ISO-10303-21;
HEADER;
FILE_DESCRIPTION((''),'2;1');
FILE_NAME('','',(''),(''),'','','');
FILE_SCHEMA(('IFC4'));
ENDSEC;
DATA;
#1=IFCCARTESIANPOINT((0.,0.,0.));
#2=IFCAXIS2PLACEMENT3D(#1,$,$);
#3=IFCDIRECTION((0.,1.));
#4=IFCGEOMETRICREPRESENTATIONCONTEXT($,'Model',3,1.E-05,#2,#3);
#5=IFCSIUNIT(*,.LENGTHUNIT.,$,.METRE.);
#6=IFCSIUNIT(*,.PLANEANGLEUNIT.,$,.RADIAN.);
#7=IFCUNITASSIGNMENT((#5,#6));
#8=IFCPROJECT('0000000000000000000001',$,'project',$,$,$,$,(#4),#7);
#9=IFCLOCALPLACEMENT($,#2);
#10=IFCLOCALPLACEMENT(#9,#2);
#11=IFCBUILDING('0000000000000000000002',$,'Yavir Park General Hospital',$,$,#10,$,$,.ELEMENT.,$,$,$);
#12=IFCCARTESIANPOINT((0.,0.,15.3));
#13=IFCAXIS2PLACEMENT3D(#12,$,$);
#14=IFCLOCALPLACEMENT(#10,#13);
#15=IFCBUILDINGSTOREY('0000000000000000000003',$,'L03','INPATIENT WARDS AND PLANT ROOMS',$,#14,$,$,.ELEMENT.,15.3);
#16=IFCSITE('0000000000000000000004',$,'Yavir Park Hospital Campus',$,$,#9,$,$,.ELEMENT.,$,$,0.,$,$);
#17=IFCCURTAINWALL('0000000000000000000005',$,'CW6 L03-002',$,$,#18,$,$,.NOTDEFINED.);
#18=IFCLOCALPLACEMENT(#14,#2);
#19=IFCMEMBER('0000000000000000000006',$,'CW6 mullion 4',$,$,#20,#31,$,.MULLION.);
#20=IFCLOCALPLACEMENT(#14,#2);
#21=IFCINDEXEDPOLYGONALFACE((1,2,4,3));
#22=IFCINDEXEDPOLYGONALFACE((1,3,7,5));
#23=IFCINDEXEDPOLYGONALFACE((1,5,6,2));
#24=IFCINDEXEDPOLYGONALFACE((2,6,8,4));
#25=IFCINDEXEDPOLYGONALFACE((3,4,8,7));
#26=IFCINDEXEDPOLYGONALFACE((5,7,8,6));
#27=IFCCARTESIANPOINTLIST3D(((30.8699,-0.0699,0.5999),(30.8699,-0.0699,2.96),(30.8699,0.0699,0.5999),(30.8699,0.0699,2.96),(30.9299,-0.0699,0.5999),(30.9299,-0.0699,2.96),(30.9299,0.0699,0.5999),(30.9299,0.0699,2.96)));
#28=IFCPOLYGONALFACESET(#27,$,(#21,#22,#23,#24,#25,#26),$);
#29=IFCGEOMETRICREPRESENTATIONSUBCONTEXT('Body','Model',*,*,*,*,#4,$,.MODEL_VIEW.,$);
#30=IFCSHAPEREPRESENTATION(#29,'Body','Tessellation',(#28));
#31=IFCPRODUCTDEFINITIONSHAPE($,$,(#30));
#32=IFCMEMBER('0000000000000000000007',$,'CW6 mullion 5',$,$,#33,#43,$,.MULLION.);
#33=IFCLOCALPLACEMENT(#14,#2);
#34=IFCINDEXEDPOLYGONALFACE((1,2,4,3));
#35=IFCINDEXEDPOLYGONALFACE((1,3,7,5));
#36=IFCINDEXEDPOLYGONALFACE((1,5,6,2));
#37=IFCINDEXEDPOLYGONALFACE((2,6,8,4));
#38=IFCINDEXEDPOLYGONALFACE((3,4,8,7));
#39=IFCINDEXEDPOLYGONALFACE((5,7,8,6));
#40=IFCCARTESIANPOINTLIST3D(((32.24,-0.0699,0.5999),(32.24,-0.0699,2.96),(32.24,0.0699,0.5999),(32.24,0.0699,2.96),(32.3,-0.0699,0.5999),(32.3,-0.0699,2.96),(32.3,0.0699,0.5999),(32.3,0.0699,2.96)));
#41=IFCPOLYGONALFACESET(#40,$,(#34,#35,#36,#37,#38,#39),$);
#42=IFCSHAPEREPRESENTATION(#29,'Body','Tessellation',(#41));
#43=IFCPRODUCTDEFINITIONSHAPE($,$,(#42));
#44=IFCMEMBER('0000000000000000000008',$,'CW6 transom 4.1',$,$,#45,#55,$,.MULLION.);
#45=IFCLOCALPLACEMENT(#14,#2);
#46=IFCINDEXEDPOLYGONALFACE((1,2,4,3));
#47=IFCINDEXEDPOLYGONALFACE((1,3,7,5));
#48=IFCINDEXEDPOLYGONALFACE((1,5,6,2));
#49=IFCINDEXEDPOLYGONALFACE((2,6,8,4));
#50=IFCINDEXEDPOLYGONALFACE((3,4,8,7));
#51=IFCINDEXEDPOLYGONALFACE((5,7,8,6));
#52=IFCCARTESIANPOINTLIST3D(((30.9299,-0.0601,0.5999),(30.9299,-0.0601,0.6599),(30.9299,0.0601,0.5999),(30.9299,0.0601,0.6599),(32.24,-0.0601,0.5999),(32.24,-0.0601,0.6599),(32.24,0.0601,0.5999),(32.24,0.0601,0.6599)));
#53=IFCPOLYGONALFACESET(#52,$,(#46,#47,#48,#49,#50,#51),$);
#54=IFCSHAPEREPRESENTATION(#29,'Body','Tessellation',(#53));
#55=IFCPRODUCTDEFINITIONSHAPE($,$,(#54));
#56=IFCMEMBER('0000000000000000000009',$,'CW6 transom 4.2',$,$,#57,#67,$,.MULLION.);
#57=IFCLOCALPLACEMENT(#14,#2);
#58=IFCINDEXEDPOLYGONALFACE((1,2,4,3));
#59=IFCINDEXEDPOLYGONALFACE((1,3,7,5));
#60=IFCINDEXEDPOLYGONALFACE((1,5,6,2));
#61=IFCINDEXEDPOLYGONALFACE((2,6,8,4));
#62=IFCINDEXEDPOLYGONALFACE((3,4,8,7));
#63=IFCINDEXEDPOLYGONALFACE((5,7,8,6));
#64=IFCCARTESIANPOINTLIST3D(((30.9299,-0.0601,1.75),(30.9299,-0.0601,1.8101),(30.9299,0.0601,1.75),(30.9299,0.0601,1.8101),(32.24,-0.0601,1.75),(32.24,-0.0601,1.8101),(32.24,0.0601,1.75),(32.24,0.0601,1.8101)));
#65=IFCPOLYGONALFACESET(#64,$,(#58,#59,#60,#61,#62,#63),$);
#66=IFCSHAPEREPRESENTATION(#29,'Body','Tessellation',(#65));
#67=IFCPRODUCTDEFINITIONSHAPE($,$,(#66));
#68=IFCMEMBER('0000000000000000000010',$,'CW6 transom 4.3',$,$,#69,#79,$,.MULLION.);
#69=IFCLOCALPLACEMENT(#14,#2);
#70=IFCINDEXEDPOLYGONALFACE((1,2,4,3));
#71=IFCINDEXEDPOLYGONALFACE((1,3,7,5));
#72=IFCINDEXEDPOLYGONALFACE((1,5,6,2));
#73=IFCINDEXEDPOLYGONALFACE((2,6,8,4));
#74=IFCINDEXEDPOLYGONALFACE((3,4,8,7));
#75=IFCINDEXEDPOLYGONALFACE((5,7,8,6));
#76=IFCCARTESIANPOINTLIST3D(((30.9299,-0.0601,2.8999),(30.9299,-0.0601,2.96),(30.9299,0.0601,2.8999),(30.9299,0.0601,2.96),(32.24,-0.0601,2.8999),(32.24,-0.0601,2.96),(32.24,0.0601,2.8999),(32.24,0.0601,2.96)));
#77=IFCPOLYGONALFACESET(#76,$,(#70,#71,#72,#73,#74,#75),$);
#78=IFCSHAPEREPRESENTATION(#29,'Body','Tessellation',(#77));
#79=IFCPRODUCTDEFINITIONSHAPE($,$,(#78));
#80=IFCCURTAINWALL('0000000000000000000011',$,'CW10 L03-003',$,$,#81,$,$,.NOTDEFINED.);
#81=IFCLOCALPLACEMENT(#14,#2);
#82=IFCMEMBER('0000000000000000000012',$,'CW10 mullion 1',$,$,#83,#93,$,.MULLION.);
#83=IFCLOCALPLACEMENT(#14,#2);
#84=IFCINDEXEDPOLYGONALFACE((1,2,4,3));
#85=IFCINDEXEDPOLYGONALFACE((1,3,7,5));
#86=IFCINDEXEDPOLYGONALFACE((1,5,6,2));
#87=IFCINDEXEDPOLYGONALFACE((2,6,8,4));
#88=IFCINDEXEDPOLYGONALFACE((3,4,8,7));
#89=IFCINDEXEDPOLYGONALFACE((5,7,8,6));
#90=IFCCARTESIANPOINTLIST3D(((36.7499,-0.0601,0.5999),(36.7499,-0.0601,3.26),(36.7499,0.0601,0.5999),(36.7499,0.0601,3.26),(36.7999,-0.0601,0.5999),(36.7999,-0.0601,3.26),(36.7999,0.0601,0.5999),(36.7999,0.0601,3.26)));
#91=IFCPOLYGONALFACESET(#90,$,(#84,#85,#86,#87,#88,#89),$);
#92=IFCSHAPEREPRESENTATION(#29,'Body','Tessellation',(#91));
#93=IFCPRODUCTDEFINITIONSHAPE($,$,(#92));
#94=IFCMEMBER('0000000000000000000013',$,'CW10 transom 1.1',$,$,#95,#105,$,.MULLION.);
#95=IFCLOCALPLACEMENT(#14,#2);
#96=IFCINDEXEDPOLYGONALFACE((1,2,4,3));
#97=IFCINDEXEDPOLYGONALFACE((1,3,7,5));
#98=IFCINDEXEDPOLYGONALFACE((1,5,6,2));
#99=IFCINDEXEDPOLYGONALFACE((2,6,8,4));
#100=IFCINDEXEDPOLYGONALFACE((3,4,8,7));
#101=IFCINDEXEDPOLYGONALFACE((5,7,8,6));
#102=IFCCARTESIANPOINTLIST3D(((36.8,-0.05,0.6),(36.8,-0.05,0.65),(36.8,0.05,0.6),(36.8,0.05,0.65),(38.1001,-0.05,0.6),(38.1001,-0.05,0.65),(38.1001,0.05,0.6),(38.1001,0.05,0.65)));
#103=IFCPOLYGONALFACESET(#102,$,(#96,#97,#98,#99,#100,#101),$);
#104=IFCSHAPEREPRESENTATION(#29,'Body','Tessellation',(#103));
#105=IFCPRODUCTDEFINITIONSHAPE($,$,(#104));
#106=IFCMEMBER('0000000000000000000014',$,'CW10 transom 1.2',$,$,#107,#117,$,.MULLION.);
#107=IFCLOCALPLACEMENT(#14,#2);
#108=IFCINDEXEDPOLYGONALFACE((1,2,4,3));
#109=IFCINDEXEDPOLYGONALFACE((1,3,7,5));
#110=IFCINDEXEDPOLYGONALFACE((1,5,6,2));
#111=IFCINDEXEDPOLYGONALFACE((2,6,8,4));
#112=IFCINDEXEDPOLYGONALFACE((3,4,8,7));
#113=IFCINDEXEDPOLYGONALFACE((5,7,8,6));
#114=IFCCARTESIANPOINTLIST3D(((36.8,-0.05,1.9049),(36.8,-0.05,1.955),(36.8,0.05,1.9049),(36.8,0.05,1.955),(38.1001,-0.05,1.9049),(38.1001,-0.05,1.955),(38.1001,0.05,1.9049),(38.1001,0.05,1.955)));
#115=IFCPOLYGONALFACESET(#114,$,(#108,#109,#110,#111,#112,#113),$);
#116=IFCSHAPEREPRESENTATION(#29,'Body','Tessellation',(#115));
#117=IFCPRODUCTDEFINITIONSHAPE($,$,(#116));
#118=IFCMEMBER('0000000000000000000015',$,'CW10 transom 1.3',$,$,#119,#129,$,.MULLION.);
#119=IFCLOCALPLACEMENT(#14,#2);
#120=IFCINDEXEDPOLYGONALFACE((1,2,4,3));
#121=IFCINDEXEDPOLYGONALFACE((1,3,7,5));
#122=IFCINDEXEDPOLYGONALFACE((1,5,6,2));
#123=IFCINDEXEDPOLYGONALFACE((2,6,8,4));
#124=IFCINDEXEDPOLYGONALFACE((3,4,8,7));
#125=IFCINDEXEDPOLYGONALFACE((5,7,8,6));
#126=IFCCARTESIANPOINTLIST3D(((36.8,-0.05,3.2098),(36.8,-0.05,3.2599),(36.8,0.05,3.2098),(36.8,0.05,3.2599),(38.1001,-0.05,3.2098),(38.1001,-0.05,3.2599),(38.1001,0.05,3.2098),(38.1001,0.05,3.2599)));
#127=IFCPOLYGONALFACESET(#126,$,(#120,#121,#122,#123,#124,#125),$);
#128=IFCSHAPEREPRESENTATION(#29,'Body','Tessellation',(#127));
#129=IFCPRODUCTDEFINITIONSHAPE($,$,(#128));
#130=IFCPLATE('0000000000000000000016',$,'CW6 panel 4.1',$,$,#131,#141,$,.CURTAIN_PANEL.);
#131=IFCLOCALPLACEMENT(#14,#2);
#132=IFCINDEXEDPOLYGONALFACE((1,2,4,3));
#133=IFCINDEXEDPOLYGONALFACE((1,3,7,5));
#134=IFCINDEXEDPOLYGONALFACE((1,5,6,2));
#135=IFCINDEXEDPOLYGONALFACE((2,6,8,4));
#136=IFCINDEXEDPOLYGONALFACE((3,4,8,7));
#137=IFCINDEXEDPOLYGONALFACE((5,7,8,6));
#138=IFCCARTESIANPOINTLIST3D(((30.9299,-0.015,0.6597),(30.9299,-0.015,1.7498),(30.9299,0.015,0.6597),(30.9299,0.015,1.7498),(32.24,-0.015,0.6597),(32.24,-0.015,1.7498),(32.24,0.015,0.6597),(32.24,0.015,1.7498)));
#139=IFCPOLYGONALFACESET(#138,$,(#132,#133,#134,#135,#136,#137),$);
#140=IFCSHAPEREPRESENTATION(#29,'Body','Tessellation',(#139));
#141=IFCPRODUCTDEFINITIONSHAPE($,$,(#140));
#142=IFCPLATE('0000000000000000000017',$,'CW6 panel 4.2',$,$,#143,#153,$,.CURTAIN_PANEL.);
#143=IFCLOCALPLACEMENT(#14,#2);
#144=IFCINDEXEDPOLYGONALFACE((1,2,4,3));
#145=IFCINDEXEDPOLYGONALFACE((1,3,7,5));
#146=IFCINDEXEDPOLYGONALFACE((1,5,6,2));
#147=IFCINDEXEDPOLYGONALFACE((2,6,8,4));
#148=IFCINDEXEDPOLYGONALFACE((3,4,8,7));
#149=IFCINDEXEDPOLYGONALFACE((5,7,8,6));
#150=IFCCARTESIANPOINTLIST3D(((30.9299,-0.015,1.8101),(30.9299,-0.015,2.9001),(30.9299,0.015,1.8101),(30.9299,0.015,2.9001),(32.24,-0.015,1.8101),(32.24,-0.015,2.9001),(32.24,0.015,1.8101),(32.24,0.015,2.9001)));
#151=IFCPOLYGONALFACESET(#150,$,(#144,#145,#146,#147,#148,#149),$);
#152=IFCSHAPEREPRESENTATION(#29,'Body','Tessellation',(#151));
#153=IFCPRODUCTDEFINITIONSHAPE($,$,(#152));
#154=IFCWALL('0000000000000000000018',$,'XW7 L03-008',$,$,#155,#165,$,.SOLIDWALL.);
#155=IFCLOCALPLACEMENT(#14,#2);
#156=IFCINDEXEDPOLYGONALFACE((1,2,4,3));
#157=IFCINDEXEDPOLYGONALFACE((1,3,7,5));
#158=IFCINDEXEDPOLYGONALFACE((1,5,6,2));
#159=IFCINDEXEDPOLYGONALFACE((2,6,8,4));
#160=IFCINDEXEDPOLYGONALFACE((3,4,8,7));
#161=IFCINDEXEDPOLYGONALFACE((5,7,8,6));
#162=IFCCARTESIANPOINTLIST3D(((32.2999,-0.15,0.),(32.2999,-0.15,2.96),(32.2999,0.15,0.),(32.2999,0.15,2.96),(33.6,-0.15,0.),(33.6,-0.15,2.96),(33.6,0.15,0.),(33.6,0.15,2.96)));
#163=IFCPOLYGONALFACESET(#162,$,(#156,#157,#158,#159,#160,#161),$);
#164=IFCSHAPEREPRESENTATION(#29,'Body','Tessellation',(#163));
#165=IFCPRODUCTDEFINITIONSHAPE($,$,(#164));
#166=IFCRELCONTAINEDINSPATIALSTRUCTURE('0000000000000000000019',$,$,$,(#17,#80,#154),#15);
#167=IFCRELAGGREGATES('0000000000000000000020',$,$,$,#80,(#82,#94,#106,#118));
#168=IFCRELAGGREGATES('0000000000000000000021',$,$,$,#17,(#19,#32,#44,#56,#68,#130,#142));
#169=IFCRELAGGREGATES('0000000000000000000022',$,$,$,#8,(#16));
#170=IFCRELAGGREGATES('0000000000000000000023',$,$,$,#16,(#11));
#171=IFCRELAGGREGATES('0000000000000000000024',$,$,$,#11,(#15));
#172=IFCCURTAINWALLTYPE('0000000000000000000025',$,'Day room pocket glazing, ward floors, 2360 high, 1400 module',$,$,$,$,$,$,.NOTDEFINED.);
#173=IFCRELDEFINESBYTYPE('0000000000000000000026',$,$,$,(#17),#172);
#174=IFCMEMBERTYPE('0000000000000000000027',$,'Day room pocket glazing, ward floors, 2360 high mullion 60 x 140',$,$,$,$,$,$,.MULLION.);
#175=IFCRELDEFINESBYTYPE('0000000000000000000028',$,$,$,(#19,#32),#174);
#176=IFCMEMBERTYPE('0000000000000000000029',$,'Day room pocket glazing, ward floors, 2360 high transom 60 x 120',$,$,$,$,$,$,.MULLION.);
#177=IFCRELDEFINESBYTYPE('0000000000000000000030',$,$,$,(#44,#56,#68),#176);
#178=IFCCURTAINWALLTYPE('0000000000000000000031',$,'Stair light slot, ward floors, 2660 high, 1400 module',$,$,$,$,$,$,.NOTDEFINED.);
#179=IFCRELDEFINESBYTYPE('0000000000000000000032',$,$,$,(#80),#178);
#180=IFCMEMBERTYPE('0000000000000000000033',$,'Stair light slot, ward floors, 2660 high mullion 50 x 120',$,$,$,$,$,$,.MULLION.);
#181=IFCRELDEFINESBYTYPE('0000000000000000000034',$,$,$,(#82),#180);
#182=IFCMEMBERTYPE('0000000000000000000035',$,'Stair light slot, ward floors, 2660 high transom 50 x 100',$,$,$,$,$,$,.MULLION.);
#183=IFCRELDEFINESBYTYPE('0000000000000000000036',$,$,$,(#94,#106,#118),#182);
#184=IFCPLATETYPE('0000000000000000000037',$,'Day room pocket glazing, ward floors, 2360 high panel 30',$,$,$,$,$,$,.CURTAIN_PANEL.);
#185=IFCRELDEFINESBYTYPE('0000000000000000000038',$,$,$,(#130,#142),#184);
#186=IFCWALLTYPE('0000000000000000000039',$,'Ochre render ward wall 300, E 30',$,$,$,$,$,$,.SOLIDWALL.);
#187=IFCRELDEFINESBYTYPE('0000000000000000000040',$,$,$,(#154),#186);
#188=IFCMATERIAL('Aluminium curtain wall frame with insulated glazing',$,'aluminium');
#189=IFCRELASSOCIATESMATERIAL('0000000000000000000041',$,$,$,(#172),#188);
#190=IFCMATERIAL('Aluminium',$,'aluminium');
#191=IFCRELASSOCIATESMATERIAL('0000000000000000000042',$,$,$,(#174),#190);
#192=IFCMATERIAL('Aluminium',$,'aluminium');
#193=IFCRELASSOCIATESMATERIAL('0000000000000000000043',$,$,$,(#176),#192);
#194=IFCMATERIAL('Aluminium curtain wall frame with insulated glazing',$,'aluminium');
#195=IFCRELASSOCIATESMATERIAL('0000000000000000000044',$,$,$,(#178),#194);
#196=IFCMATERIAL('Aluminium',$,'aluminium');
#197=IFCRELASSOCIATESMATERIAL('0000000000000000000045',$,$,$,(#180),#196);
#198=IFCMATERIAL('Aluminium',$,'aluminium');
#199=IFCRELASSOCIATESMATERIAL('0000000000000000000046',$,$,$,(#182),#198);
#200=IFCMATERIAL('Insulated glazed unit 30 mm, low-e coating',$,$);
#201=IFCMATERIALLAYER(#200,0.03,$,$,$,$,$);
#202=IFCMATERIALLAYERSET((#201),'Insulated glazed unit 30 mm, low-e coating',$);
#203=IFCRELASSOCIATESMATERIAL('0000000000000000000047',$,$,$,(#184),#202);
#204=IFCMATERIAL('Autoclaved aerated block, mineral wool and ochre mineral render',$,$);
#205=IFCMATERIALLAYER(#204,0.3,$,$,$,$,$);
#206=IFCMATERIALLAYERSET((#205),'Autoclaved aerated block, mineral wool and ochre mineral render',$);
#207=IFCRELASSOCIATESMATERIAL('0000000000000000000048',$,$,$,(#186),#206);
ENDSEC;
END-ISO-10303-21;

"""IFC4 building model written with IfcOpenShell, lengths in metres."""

from ifc_helpers import new_model, si_unit, direction, frame, frame_2d, origin, origin_2d, place, context, subcontext, project, spatial, rectangle, extrude, material, layer, layer_set, material_profile, profile_set, type_object, element, aggregate, save


model = new_model("IFC4")

# Units and contexts
model_context = context("Model", 3, precision=1e-05, world=origin(), true_north=direction((0.0, 1.0)))
body_context = subcontext(model_context, "Body", "Model", "MODEL_VIEW")
ifc_project = project(units=[si_unit("LENGTHUNIT", "METRE"), si_unit("PLANEANGLEUNIT", "RADIAN")], contexts=[model_context])

# Site, building, storey
site_placement = place(None, origin())
site = spatial("IfcSite", under=ifc_project, at=site_placement, Name="Yavir Park Hospital Campus", CompositionType="ELEMENT", RefElevation=0.0)
building_placement = place(site_placement, origin())
building = spatial("IfcBuilding", under=site, at=building_placement, Name="Yavir Park General Hospital", CompositionType="ELEMENT")
storey_placement = place(building_placement, frame((0.0, 0.0, 15.3)))
storey = spatial("IfcBuildingStorey", under=building, at=storey_placement, Name="L03", Description="INPATIENT WARDS AND PLANT ROOMS", CompositionType="ELEMENT", Elevation=15.3)

# Curtain walls, members
ifc_material_1 = material(Name="Aluminium curtain wall frame with insulated glazing", Category="aluminium")
curtain_wall_type_1 = type_object("IfcCurtainWallType", Name="Day room pocket glazing, ward floors, 2360 high, 1400 module", PredefinedType="NOTDEFINED", material=ifc_material_1)
curtain_wall_1_placement = place(storey_placement, origin())
curtain_wall_1 = element("IfcCurtainWall", 1, at=curtain_wall_1_placement, inside=storey, type_object=curtain_wall_type_1, Name="CW6 L03-002", PredefinedType="NOTDEFINED")
ifc_material_2 = material(Name="Aluminium", Category="aluminium")
ifc_material_profile_1 = material_profile(ifc_material_2, rectangle(XDim=0.1399, YDim=0.0601, at=origin_2d()), Name="AL 60x140")
ifc_profile_set_1 = profile_set([ifc_material_profile_1], Name="Aluminium")
member_type_1 = type_object("IfcMemberType", Name="Day room pocket glazing, ward floors, 2360 high mullion 60 x 140", PredefinedType="MULLION", material=ifc_profile_set_1)
member_1_placement = place(storey_placement, frame((30.8999, 0.0, 0.5999), z_axis=(0.0, 0.0, 1.0), x_axis=(0.0, 1.0, 0.0)))
member_1 = element("IfcMember", 2, at=member_1_placement, type_object=member_type_1, Name="CW6 mullion 4", PredefinedType="MULLION", context=body_context, shape_type="SweptSolid", body=[
    extrude(rectangle(XDim=0.1399, YDim=0.0601, at=origin_2d()), origin(), (0.0, 0.0, 1.0), 2.3601),
])
member_2_placement = place(storey_placement, frame((32.27, 0.0, 0.5999), z_axis=(0.0, 0.0, 1.0), x_axis=(0.0, 1.0, 0.0)))
member_2 = element("IfcMember", 3, at=member_2_placement, type_object=member_type_1, Name="CW6 mullion 5", PredefinedType="MULLION", context=body_context, shape_type="SweptSolid", body=[
    extrude(rectangle(XDim=0.1399, YDim=0.0601, at=origin_2d()), origin(), (0.0, 0.0, 1.0), 2.3601),
])
ifc_material_3 = material(Name="Aluminium", Category="aluminium")
ifc_material_profile_2 = material_profile(ifc_material_3, rectangle(XDim=0.1201, YDim=0.0601, at=origin_2d()), Name="AL 120x60")
ifc_profile_set_2 = profile_set([ifc_material_profile_2], Name="Aluminium")
member_type_2 = type_object("IfcMemberType", Name="Day room pocket glazing, ward floors, 2360 high transom 60 x 120", PredefinedType="MULLION", material=ifc_profile_set_2)
member_3_placement = place(storey_placement, frame((30.9299, 0.0, 0.6299), z_axis=(1.0, 0.0, 0.0), x_axis=(0.0, 1.0, 0.0)))
member_3 = element("IfcMember", 4, at=member_3_placement, type_object=member_type_2, Name="CW6 transom 4.1", PredefinedType="MULLION", context=body_context, shape_type="SweptSolid", body=[
    extrude(rectangle(XDim=0.1201, YDim=0.0601, at=origin_2d()), origin(), (0.0, 0.0, 1.0), 1.3101),
])
member_4_placement = place(storey_placement, frame((30.9299, 0.0, 1.78), z_axis=(1.0, 0.0, 0.0), x_axis=(0.0, 1.0, 0.0)))
member_4 = element("IfcMember", 5, at=member_4_placement, type_object=member_type_2, Name="CW6 transom 4.2", PredefinedType="MULLION", context=body_context, shape_type="SweptSolid", body=[
    extrude(rectangle(XDim=0.1201, YDim=0.0601, at=origin_2d()), origin(), (0.0, 0.0, 1.0), 1.3101),
])
member_5_placement = place(storey_placement, frame((30.9299, 0.0, 2.9299), z_axis=(1.0, 0.0, 0.0), x_axis=(0.0, 1.0, 0.0)))
member_5 = element("IfcMember", 6, at=member_5_placement, type_object=member_type_2, Name="CW6 transom 4.3", PredefinedType="MULLION", context=body_context, shape_type="SweptSolid", body=[
    extrude(rectangle(XDim=0.1201, YDim=0.0601, at=origin_2d()), origin(), (0.0, 0.0, 1.0), 1.3101),
])
ifc_material_4 = material(Name="Aluminium curtain wall frame with insulated glazing", Category="aluminium")
curtain_wall_type_2 = type_object("IfcCurtainWallType", Name="Stair light slot, ward floors, 2660 high, 1400 module", PredefinedType="NOTDEFINED", material=ifc_material_4)
curtain_wall_2_placement = place(storey_placement, origin())
curtain_wall_2 = element("IfcCurtainWall", 7, at=curtain_wall_2_placement, inside=storey, type_object=curtain_wall_type_2, Name="CW10 L03-003", PredefinedType="NOTDEFINED")
ifc_material_5 = material(Name="Aluminium", Category="aluminium")
ifc_material_profile_3 = material_profile(ifc_material_5, rectangle(XDim=0.1201, YDim=0.05, at=origin_2d()), Name="AL 50x120")
ifc_profile_set_3 = profile_set([ifc_material_profile_3], Name="Aluminium")
member_type_3 = type_object("IfcMemberType", Name="Stair light slot, ward floors, 2660 high mullion 50 x 120", PredefinedType="MULLION", material=ifc_profile_set_3)
member_6_placement = place(storey_placement, frame((36.7749, 0.0, 0.5999), z_axis=(0.0, 0.0, 1.0), x_axis=(0.0, 1.0, 0.0)))
member_6 = element("IfcMember", 8, at=member_6_placement, type_object=member_type_3, Name="CW10 mullion 1", PredefinedType="MULLION", context=body_context, shape_type="SweptSolid", body=[
    extrude(rectangle(XDim=0.1201, YDim=0.05, at=origin_2d()), origin(), (0.0, 0.0, 1.0), 2.6602),
])
ifc_material_6 = material(Name="Aluminium", Category="aluminium")
ifc_material_profile_4 = material_profile(ifc_material_6, rectangle(XDim=0.1001, YDim=0.05, at=origin_2d()), Name="AL 100x50")
ifc_profile_set_4 = profile_set([ifc_material_profile_4], Name="Aluminium")
member_type_4 = type_object("IfcMemberType", Name="Stair light slot, ward floors, 2660 high transom 50 x 100", PredefinedType="MULLION", material=ifc_profile_set_4)
member_7_placement = place(storey_placement, frame((36.8, 0.0, 0.625), z_axis=(1.0, 0.0, 0.0), x_axis=(0.0, 1.0, 0.0)))
member_7 = element("IfcMember", 9, at=member_7_placement, type_object=member_type_4, Name="CW10 transom 1.1", PredefinedType="MULLION", context=body_context, shape_type="SweptSolid", body=[
    extrude(rectangle(XDim=0.1001, YDim=0.05, at=origin_2d()), origin(), (0.0, 0.0, 1.0), 1.3),
])
member_8_placement = place(storey_placement, frame((36.8, 0.0, 1.9299), z_axis=(1.0, 0.0, 0.0), x_axis=(0.0, 1.0, 0.0)))
member_8 = element("IfcMember", 10, at=member_8_placement, type_object=member_type_4, Name="CW10 transom 1.2", PredefinedType="MULLION", context=body_context, shape_type="SweptSolid", body=[
    extrude(rectangle(XDim=0.1001, YDim=0.05, at=origin_2d()), origin(), (0.0, 0.0, 1.0), 1.3),
])
member_9_placement = place(storey_placement, frame((36.8, 0.0, 3.2349), z_axis=(1.0, 0.0, 0.0), x_axis=(0.0, 1.0, 0.0)))
member_9 = element("IfcMember", 11, at=member_9_placement, type_object=member_type_4, Name="CW10 transom 1.3", PredefinedType="MULLION", context=body_context, shape_type="SweptSolid", body=[
    extrude(rectangle(XDim=0.1001, YDim=0.05, at=origin_2d()), origin(), (0.0, 0.0, 1.0), 1.3),
])
aggregate(curtain_wall_2, [member_6, member_7, member_8, member_9])

# Plates
ifc_material_7 = material(Name="Insulated glazed unit 30 mm, low-e coating")
ifc_layer_1 = layer(ifc_material_7, 0.03)
ifc_layer_set_1 = layer_set([ifc_layer_1], Name="Insulated glazed unit 30 mm, low-e coating")
plate_type = type_object("IfcPlateType", Name="Day room pocket glazing, ward floors, 2360 high panel 30", PredefinedType="CURTAIN_PANEL", material=ifc_layer_set_1)
plate_1_placement = place(storey_placement, frame((31.585, 0.0, 0.6597), z_axis=(0.0, 0.0, 1.0), x_axis=(1.0, 0.0, 0.0)))
plate_1 = element("IfcPlate", 12, at=plate_1_placement, type_object=plate_type, Name="CW6 panel 4.1", PredefinedType="CURTAIN_PANEL", context=body_context, shape_type="SweptSolid", body=[
    extrude(rectangle(XDim=1.3101, YDim=0.03, at=origin_2d()), origin(), (0.0, 0.0, 1.0), 1.0901),
])
plate_2_placement = place(storey_placement, frame((31.585, 0.0, 1.8101), z_axis=(0.0, 0.0, 1.0), x_axis=(1.0, 0.0, 0.0)))
plate_2 = element("IfcPlate", 13, at=plate_2_placement, type_object=plate_type, Name="CW6 panel 4.2", PredefinedType="CURTAIN_PANEL", context=body_context, shape_type="SweptSolid", body=[
    extrude(rectangle(XDim=1.3101, YDim=0.03, at=origin_2d()), origin(), (0.0, 0.0, 1.0), 1.0901),
])
aggregate(curtain_wall_1, [member_1, member_2, member_3, member_4, member_5, plate_1, plate_2])

# Wall
ifc_material_8 = material(Name="Autoclaved aerated block, mineral wool and ochre mineral render")
ifc_layer_2 = layer(ifc_material_8, 0.3)
ifc_layer_set_2 = layer_set([ifc_layer_2], Name="Autoclaved aerated block, mineral wool and ochre mineral render")
wall_type_1 = type_object("IfcWallType", Name="Ochre render ward wall 300, E 30", PredefinedType="SOLIDWALL", material=ifc_layer_set_2)
wall_1_placement = place(storey_placement, frame((32.3, 0.0, 0.0), z_axis=(0.0, 0.0, 1.0), x_axis=(1.0, 0.0, 0.0)))
element("IfcWall", 14, at=wall_1_placement, inside=storey, type_object=wall_type_1, Name="XW7 L03-008", PredefinedType="SOLIDWALL", context=body_context, shape_type="SweptSolid", body=[
    extrude(rectangle(XDim=1.3, YDim=0.3, at=frame_2d((0.6499, 0.0))), origin(), (0.0, 0.0, 1.0), 2.96),
])

save(model, "model.ifc")
